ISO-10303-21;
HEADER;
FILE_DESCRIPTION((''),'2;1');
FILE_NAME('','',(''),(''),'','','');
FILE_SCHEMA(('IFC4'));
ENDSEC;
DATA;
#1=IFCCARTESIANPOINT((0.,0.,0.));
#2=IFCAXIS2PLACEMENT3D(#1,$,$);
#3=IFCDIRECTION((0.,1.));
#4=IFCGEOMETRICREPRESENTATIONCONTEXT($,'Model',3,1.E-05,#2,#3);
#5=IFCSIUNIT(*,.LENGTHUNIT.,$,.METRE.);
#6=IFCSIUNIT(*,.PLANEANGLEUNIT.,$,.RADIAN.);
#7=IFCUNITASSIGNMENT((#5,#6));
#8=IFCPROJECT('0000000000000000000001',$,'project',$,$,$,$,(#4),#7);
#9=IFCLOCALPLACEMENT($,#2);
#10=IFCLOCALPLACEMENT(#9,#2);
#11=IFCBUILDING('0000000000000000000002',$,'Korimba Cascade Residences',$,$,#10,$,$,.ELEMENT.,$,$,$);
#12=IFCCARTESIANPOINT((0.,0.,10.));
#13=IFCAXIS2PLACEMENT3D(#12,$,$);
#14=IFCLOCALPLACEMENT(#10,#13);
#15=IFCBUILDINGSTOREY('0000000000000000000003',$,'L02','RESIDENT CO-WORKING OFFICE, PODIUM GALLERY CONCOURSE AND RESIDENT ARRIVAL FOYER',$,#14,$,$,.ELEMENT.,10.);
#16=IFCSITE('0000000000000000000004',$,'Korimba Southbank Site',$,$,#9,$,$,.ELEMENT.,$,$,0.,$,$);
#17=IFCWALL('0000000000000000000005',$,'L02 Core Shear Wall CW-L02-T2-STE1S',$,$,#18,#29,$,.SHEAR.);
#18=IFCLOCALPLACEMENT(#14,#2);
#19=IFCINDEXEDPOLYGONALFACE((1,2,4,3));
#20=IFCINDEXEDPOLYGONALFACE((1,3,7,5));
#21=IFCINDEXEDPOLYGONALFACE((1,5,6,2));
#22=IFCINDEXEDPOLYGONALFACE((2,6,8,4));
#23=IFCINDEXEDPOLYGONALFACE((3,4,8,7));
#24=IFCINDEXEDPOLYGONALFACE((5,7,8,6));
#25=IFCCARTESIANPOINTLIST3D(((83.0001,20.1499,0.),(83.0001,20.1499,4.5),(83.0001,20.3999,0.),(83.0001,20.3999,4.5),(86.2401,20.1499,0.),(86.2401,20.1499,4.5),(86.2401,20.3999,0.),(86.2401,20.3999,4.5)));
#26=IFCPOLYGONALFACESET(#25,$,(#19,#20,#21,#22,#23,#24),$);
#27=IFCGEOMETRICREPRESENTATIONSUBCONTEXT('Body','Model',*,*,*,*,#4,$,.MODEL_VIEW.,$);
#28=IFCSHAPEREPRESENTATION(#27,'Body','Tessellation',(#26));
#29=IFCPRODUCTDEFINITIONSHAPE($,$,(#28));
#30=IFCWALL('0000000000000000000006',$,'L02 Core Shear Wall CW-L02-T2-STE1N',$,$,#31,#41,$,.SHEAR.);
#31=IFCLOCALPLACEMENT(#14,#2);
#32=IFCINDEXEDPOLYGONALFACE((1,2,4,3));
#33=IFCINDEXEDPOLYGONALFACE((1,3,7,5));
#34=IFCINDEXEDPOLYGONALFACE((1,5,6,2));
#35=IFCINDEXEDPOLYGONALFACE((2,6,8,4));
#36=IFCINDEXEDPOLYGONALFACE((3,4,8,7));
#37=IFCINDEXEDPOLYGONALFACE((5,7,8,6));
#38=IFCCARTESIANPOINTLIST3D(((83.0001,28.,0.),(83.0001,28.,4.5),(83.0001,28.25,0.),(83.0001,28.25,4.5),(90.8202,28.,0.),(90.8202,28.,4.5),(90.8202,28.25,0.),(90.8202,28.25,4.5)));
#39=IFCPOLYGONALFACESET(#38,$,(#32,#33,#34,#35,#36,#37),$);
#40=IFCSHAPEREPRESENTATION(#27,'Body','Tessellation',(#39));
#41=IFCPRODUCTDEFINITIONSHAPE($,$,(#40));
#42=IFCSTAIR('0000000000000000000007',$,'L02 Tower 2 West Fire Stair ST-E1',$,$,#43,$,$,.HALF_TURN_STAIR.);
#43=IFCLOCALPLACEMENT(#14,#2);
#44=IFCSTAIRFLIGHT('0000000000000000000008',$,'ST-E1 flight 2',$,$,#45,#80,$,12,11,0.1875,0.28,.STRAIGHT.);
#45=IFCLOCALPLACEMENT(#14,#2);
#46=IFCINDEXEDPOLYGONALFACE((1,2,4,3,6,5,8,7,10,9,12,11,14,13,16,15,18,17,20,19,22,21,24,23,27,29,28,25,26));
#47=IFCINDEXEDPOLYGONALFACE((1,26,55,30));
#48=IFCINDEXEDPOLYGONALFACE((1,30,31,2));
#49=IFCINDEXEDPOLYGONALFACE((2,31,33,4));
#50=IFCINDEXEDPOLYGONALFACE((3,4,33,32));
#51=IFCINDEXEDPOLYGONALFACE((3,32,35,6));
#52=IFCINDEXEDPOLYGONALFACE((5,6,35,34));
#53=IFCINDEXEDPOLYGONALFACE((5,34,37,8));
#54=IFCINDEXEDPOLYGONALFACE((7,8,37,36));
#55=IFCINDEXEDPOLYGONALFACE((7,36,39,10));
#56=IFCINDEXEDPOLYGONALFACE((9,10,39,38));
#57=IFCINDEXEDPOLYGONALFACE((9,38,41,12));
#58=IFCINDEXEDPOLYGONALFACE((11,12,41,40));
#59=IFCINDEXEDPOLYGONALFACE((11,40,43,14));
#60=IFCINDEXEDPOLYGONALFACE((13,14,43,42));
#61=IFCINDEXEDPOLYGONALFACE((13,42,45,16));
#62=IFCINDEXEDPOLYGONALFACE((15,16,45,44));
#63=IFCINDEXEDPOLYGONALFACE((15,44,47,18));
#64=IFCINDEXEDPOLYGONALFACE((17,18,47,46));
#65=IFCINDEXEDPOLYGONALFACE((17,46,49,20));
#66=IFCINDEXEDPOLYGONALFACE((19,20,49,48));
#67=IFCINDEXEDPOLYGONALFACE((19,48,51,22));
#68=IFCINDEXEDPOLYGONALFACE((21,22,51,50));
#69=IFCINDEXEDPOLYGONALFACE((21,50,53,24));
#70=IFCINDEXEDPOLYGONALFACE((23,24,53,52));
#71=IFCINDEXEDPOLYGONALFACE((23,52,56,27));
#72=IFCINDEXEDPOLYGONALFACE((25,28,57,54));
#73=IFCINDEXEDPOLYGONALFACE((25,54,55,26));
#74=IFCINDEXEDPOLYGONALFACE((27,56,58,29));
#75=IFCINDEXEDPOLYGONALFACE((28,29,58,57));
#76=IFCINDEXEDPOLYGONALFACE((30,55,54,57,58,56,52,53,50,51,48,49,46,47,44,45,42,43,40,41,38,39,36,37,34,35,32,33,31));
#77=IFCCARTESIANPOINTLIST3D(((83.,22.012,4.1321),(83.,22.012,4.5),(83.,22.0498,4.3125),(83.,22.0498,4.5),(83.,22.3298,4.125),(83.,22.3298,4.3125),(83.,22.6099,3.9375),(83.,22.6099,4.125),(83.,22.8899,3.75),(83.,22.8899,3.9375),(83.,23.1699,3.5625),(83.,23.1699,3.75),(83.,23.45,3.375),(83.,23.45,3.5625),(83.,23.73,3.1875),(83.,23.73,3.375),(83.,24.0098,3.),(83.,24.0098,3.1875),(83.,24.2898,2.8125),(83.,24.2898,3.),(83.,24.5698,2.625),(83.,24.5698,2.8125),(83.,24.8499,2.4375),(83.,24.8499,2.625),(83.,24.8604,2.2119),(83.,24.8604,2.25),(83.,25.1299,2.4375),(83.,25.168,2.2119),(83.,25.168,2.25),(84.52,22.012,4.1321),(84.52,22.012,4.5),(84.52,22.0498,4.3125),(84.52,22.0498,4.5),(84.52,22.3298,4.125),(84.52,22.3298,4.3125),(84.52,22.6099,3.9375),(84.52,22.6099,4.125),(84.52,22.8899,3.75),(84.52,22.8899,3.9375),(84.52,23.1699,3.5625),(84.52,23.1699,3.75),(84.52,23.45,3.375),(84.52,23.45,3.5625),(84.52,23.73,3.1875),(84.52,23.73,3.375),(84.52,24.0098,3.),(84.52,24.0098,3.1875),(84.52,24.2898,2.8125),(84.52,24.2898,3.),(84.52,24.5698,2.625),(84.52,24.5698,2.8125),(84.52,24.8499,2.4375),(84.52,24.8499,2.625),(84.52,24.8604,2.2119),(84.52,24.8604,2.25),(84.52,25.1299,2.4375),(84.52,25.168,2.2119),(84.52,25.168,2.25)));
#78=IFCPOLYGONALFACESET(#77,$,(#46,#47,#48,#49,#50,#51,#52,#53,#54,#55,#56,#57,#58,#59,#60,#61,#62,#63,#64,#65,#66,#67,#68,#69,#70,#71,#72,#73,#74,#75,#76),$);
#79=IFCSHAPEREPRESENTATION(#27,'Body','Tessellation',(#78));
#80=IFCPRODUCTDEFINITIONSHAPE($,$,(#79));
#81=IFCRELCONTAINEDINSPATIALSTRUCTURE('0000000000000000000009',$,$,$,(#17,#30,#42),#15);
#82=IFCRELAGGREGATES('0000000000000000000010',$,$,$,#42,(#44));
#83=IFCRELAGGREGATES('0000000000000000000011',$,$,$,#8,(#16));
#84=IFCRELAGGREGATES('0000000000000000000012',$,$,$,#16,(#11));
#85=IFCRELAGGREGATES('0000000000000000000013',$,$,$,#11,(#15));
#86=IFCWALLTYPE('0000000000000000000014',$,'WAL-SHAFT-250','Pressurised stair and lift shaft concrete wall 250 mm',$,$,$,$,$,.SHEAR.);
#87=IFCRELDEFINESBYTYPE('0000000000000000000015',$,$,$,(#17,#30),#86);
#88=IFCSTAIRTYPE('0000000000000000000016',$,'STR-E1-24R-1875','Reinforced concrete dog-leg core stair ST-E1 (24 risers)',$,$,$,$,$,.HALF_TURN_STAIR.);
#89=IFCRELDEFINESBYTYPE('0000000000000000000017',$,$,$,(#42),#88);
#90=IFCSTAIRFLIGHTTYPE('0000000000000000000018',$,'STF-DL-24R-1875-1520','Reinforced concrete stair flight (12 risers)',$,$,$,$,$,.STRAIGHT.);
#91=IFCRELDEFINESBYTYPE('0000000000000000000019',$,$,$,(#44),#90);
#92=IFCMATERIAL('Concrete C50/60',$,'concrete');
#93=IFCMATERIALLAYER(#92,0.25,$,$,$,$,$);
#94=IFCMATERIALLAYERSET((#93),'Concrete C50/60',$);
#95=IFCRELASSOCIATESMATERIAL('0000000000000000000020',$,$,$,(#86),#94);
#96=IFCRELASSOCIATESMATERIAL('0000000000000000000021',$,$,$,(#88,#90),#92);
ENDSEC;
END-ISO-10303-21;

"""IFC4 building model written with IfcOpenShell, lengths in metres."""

from ifc_helpers import new_model, si_unit, direction, frame, frame_2d, origin, place, context, subcontext, project, spatial, polyline, rectangle, outline, extrude, material, layer, layer_set, type_object, element, aggregate, save


model = new_model("IFC4")

# Units and contexts
model_context = context("Model", 3, precision=1e-05, world=origin(), true_north=direction((0.0, 1.0)))
body_context = subcontext(model_context, "Body", "Model", "MODEL_VIEW")
ifc_project = project(units=[si_unit("LENGTHUNIT", "METRE"), si_unit("PLANEANGLEUNIT", "RADIAN")], contexts=[model_context])

# Site, building, storey
site_placement = place(None, origin())
site = spatial("IfcSite", under=ifc_project, at=site_placement, Name="Korimba Southbank Site", CompositionType="ELEMENT", RefElevation=0.0)
building_placement = place(site_placement, origin())
building = spatial("IfcBuilding", under=site, at=building_placement, Name="Korimba Cascade Residences", CompositionType="ELEMENT")
storey_placement = place(building_placement, frame((0.0, 0.0, 10.0)))
storey = spatial("IfcBuildingStorey", under=building, at=storey_placement, Name="L02", Description="RESIDENT CO-WORKING OFFICE, PODIUM GALLERY CONCOURSE AND RESIDENT ARRIVAL FOYER", CompositionType="ELEMENT", Elevation=10.0)

# Shared definitions
ifc_material_1 = material(Name="Concrete C50/60", Category="concrete")

# Walls
ifc_layer_1 = layer(ifc_material_1, 0.25)
ifc_layer_set_1 = layer_set([ifc_layer_1], Name="Concrete C50/60")
wall_type_1 = type_object("IfcWallType", Name="WAL-SHAFT-250", Description="Pressurised stair and lift shaft concrete wall 250 mm", PredefinedType="SHEAR", material=ifc_layer_set_1)
wall_1_placement = place(storey_placement, frame((83.0, 20.2749, 0.0), z_axis=(0.0, 0.0, 1.0), x_axis=(1.0, 0.0, 0.0)))
element("IfcWall", 1, at=wall_1_placement, inside=storey, type_object=wall_type_1, Name="L02 Core Shear Wall CW-L02-T2-STE1S", PredefinedType="SHEAR", context=body_context, shape_type="SweptSolid", body=[
    extrude(rectangle(XDim=3.24, YDim=0.25, at=frame_2d((1.6201, 0.0))), origin(), (0.0, 0.0, 1.0), 4.5),
])
wall_2_placement = place(storey_placement, frame((83.0, 28.125, 0.0), z_axis=(0.0, 0.0, 1.0), x_axis=(1.0, 0.0, 0.0)))
element("IfcWall", 2, at=wall_2_placement, inside=storey, type_object=wall_type_1, Name="L02 Core Shear Wall CW-L02-T2-STE1N", PredefinedType="SHEAR", context=body_context, shape_type="SweptSolid", body=[
    extrude(rectangle(XDim=7.8201, YDim=0.25, at=frame_2d((3.9102, 0.0))), origin(), (0.0, 0.0, 1.0), 4.5),
])

# Stair, stair flight
stair_type = type_object("IfcStairType", Name="STR-E1-24R-1875", Description="Reinforced concrete dog-leg core stair ST-E1 (24 risers)", PredefinedType="HALF_TURN_STAIR", material=ifc_material_1)
stair_placement = place(storey_placement, origin())
stair = element("IfcStair", 3, at=stair_placement, inside=storey, type_object=stair_type, Name="L02 Tower 2 West Fire Stair ST-E1", PredefinedType="HALF_TURN_STAIR")
stair_flight_type = type_object("IfcStairFlightType", Name="STF-DL-24R-1875-1520", Description="Reinforced concrete stair flight (12 risers)", PredefinedType="STRAIGHT", material=ifc_material_1)
stair_flight_placement = place(storey_placement, frame((83.76, 25.1299, 2.25), z_axis=(0.0, 0.0, 1.0), x_axis=(0.0, -1.0, 0.0)))
stair_flight = element("IfcStairFlight", 4, at=stair_flight_placement, type_object=stair_flight_type, Name="ST-E1 flight 2", NumberOfRisers=12, NumberOfTreads=11, PredefinedType="STRAIGHT", RiserHeight=0.1875, TreadLength=0.28, context=body_context, shape_type="SweptSolid", body=[
    extrude(outline(polyline([(-0.0381, 0.0), (0.0, 0.1875), (0.28, 0.1875), (0.28, 0.375), (0.5601, 0.375), (0.5601, 0.5625), (0.8401, 0.5625), (0.8401, 0.75), (1.1201, 0.75), (1.1201, 0.9375), (1.3999, 0.9375), (1.3999, 1.125), (1.6799, 1.125), (1.6799, 1.3125), (1.96, 1.3125), (1.96, 1.5), (2.24, 1.5), (2.24, 1.6875), (2.52, 1.6875), (2.52, 1.875), (2.8, 1.875), (2.8, 2.0625), (3.0801, 2.0625), (3.0801, 2.25), (3.1179, 2.25), (3.1179, 1.8821), (0.2695, 0.0), (0.2695, -0.0381), (-0.0381, -0.0381), (-0.0381, 0.0)])), frame((0.0, 0.76, 0.0), z_axis=(0.0, -1.0, 0.0), x_axis=(1.0, 0.0, 0.0)), (0.0, 0.0, 1.0), 1.52),
])
aggregate(stair, [stair_flight])

save(model, "model.ifc")
